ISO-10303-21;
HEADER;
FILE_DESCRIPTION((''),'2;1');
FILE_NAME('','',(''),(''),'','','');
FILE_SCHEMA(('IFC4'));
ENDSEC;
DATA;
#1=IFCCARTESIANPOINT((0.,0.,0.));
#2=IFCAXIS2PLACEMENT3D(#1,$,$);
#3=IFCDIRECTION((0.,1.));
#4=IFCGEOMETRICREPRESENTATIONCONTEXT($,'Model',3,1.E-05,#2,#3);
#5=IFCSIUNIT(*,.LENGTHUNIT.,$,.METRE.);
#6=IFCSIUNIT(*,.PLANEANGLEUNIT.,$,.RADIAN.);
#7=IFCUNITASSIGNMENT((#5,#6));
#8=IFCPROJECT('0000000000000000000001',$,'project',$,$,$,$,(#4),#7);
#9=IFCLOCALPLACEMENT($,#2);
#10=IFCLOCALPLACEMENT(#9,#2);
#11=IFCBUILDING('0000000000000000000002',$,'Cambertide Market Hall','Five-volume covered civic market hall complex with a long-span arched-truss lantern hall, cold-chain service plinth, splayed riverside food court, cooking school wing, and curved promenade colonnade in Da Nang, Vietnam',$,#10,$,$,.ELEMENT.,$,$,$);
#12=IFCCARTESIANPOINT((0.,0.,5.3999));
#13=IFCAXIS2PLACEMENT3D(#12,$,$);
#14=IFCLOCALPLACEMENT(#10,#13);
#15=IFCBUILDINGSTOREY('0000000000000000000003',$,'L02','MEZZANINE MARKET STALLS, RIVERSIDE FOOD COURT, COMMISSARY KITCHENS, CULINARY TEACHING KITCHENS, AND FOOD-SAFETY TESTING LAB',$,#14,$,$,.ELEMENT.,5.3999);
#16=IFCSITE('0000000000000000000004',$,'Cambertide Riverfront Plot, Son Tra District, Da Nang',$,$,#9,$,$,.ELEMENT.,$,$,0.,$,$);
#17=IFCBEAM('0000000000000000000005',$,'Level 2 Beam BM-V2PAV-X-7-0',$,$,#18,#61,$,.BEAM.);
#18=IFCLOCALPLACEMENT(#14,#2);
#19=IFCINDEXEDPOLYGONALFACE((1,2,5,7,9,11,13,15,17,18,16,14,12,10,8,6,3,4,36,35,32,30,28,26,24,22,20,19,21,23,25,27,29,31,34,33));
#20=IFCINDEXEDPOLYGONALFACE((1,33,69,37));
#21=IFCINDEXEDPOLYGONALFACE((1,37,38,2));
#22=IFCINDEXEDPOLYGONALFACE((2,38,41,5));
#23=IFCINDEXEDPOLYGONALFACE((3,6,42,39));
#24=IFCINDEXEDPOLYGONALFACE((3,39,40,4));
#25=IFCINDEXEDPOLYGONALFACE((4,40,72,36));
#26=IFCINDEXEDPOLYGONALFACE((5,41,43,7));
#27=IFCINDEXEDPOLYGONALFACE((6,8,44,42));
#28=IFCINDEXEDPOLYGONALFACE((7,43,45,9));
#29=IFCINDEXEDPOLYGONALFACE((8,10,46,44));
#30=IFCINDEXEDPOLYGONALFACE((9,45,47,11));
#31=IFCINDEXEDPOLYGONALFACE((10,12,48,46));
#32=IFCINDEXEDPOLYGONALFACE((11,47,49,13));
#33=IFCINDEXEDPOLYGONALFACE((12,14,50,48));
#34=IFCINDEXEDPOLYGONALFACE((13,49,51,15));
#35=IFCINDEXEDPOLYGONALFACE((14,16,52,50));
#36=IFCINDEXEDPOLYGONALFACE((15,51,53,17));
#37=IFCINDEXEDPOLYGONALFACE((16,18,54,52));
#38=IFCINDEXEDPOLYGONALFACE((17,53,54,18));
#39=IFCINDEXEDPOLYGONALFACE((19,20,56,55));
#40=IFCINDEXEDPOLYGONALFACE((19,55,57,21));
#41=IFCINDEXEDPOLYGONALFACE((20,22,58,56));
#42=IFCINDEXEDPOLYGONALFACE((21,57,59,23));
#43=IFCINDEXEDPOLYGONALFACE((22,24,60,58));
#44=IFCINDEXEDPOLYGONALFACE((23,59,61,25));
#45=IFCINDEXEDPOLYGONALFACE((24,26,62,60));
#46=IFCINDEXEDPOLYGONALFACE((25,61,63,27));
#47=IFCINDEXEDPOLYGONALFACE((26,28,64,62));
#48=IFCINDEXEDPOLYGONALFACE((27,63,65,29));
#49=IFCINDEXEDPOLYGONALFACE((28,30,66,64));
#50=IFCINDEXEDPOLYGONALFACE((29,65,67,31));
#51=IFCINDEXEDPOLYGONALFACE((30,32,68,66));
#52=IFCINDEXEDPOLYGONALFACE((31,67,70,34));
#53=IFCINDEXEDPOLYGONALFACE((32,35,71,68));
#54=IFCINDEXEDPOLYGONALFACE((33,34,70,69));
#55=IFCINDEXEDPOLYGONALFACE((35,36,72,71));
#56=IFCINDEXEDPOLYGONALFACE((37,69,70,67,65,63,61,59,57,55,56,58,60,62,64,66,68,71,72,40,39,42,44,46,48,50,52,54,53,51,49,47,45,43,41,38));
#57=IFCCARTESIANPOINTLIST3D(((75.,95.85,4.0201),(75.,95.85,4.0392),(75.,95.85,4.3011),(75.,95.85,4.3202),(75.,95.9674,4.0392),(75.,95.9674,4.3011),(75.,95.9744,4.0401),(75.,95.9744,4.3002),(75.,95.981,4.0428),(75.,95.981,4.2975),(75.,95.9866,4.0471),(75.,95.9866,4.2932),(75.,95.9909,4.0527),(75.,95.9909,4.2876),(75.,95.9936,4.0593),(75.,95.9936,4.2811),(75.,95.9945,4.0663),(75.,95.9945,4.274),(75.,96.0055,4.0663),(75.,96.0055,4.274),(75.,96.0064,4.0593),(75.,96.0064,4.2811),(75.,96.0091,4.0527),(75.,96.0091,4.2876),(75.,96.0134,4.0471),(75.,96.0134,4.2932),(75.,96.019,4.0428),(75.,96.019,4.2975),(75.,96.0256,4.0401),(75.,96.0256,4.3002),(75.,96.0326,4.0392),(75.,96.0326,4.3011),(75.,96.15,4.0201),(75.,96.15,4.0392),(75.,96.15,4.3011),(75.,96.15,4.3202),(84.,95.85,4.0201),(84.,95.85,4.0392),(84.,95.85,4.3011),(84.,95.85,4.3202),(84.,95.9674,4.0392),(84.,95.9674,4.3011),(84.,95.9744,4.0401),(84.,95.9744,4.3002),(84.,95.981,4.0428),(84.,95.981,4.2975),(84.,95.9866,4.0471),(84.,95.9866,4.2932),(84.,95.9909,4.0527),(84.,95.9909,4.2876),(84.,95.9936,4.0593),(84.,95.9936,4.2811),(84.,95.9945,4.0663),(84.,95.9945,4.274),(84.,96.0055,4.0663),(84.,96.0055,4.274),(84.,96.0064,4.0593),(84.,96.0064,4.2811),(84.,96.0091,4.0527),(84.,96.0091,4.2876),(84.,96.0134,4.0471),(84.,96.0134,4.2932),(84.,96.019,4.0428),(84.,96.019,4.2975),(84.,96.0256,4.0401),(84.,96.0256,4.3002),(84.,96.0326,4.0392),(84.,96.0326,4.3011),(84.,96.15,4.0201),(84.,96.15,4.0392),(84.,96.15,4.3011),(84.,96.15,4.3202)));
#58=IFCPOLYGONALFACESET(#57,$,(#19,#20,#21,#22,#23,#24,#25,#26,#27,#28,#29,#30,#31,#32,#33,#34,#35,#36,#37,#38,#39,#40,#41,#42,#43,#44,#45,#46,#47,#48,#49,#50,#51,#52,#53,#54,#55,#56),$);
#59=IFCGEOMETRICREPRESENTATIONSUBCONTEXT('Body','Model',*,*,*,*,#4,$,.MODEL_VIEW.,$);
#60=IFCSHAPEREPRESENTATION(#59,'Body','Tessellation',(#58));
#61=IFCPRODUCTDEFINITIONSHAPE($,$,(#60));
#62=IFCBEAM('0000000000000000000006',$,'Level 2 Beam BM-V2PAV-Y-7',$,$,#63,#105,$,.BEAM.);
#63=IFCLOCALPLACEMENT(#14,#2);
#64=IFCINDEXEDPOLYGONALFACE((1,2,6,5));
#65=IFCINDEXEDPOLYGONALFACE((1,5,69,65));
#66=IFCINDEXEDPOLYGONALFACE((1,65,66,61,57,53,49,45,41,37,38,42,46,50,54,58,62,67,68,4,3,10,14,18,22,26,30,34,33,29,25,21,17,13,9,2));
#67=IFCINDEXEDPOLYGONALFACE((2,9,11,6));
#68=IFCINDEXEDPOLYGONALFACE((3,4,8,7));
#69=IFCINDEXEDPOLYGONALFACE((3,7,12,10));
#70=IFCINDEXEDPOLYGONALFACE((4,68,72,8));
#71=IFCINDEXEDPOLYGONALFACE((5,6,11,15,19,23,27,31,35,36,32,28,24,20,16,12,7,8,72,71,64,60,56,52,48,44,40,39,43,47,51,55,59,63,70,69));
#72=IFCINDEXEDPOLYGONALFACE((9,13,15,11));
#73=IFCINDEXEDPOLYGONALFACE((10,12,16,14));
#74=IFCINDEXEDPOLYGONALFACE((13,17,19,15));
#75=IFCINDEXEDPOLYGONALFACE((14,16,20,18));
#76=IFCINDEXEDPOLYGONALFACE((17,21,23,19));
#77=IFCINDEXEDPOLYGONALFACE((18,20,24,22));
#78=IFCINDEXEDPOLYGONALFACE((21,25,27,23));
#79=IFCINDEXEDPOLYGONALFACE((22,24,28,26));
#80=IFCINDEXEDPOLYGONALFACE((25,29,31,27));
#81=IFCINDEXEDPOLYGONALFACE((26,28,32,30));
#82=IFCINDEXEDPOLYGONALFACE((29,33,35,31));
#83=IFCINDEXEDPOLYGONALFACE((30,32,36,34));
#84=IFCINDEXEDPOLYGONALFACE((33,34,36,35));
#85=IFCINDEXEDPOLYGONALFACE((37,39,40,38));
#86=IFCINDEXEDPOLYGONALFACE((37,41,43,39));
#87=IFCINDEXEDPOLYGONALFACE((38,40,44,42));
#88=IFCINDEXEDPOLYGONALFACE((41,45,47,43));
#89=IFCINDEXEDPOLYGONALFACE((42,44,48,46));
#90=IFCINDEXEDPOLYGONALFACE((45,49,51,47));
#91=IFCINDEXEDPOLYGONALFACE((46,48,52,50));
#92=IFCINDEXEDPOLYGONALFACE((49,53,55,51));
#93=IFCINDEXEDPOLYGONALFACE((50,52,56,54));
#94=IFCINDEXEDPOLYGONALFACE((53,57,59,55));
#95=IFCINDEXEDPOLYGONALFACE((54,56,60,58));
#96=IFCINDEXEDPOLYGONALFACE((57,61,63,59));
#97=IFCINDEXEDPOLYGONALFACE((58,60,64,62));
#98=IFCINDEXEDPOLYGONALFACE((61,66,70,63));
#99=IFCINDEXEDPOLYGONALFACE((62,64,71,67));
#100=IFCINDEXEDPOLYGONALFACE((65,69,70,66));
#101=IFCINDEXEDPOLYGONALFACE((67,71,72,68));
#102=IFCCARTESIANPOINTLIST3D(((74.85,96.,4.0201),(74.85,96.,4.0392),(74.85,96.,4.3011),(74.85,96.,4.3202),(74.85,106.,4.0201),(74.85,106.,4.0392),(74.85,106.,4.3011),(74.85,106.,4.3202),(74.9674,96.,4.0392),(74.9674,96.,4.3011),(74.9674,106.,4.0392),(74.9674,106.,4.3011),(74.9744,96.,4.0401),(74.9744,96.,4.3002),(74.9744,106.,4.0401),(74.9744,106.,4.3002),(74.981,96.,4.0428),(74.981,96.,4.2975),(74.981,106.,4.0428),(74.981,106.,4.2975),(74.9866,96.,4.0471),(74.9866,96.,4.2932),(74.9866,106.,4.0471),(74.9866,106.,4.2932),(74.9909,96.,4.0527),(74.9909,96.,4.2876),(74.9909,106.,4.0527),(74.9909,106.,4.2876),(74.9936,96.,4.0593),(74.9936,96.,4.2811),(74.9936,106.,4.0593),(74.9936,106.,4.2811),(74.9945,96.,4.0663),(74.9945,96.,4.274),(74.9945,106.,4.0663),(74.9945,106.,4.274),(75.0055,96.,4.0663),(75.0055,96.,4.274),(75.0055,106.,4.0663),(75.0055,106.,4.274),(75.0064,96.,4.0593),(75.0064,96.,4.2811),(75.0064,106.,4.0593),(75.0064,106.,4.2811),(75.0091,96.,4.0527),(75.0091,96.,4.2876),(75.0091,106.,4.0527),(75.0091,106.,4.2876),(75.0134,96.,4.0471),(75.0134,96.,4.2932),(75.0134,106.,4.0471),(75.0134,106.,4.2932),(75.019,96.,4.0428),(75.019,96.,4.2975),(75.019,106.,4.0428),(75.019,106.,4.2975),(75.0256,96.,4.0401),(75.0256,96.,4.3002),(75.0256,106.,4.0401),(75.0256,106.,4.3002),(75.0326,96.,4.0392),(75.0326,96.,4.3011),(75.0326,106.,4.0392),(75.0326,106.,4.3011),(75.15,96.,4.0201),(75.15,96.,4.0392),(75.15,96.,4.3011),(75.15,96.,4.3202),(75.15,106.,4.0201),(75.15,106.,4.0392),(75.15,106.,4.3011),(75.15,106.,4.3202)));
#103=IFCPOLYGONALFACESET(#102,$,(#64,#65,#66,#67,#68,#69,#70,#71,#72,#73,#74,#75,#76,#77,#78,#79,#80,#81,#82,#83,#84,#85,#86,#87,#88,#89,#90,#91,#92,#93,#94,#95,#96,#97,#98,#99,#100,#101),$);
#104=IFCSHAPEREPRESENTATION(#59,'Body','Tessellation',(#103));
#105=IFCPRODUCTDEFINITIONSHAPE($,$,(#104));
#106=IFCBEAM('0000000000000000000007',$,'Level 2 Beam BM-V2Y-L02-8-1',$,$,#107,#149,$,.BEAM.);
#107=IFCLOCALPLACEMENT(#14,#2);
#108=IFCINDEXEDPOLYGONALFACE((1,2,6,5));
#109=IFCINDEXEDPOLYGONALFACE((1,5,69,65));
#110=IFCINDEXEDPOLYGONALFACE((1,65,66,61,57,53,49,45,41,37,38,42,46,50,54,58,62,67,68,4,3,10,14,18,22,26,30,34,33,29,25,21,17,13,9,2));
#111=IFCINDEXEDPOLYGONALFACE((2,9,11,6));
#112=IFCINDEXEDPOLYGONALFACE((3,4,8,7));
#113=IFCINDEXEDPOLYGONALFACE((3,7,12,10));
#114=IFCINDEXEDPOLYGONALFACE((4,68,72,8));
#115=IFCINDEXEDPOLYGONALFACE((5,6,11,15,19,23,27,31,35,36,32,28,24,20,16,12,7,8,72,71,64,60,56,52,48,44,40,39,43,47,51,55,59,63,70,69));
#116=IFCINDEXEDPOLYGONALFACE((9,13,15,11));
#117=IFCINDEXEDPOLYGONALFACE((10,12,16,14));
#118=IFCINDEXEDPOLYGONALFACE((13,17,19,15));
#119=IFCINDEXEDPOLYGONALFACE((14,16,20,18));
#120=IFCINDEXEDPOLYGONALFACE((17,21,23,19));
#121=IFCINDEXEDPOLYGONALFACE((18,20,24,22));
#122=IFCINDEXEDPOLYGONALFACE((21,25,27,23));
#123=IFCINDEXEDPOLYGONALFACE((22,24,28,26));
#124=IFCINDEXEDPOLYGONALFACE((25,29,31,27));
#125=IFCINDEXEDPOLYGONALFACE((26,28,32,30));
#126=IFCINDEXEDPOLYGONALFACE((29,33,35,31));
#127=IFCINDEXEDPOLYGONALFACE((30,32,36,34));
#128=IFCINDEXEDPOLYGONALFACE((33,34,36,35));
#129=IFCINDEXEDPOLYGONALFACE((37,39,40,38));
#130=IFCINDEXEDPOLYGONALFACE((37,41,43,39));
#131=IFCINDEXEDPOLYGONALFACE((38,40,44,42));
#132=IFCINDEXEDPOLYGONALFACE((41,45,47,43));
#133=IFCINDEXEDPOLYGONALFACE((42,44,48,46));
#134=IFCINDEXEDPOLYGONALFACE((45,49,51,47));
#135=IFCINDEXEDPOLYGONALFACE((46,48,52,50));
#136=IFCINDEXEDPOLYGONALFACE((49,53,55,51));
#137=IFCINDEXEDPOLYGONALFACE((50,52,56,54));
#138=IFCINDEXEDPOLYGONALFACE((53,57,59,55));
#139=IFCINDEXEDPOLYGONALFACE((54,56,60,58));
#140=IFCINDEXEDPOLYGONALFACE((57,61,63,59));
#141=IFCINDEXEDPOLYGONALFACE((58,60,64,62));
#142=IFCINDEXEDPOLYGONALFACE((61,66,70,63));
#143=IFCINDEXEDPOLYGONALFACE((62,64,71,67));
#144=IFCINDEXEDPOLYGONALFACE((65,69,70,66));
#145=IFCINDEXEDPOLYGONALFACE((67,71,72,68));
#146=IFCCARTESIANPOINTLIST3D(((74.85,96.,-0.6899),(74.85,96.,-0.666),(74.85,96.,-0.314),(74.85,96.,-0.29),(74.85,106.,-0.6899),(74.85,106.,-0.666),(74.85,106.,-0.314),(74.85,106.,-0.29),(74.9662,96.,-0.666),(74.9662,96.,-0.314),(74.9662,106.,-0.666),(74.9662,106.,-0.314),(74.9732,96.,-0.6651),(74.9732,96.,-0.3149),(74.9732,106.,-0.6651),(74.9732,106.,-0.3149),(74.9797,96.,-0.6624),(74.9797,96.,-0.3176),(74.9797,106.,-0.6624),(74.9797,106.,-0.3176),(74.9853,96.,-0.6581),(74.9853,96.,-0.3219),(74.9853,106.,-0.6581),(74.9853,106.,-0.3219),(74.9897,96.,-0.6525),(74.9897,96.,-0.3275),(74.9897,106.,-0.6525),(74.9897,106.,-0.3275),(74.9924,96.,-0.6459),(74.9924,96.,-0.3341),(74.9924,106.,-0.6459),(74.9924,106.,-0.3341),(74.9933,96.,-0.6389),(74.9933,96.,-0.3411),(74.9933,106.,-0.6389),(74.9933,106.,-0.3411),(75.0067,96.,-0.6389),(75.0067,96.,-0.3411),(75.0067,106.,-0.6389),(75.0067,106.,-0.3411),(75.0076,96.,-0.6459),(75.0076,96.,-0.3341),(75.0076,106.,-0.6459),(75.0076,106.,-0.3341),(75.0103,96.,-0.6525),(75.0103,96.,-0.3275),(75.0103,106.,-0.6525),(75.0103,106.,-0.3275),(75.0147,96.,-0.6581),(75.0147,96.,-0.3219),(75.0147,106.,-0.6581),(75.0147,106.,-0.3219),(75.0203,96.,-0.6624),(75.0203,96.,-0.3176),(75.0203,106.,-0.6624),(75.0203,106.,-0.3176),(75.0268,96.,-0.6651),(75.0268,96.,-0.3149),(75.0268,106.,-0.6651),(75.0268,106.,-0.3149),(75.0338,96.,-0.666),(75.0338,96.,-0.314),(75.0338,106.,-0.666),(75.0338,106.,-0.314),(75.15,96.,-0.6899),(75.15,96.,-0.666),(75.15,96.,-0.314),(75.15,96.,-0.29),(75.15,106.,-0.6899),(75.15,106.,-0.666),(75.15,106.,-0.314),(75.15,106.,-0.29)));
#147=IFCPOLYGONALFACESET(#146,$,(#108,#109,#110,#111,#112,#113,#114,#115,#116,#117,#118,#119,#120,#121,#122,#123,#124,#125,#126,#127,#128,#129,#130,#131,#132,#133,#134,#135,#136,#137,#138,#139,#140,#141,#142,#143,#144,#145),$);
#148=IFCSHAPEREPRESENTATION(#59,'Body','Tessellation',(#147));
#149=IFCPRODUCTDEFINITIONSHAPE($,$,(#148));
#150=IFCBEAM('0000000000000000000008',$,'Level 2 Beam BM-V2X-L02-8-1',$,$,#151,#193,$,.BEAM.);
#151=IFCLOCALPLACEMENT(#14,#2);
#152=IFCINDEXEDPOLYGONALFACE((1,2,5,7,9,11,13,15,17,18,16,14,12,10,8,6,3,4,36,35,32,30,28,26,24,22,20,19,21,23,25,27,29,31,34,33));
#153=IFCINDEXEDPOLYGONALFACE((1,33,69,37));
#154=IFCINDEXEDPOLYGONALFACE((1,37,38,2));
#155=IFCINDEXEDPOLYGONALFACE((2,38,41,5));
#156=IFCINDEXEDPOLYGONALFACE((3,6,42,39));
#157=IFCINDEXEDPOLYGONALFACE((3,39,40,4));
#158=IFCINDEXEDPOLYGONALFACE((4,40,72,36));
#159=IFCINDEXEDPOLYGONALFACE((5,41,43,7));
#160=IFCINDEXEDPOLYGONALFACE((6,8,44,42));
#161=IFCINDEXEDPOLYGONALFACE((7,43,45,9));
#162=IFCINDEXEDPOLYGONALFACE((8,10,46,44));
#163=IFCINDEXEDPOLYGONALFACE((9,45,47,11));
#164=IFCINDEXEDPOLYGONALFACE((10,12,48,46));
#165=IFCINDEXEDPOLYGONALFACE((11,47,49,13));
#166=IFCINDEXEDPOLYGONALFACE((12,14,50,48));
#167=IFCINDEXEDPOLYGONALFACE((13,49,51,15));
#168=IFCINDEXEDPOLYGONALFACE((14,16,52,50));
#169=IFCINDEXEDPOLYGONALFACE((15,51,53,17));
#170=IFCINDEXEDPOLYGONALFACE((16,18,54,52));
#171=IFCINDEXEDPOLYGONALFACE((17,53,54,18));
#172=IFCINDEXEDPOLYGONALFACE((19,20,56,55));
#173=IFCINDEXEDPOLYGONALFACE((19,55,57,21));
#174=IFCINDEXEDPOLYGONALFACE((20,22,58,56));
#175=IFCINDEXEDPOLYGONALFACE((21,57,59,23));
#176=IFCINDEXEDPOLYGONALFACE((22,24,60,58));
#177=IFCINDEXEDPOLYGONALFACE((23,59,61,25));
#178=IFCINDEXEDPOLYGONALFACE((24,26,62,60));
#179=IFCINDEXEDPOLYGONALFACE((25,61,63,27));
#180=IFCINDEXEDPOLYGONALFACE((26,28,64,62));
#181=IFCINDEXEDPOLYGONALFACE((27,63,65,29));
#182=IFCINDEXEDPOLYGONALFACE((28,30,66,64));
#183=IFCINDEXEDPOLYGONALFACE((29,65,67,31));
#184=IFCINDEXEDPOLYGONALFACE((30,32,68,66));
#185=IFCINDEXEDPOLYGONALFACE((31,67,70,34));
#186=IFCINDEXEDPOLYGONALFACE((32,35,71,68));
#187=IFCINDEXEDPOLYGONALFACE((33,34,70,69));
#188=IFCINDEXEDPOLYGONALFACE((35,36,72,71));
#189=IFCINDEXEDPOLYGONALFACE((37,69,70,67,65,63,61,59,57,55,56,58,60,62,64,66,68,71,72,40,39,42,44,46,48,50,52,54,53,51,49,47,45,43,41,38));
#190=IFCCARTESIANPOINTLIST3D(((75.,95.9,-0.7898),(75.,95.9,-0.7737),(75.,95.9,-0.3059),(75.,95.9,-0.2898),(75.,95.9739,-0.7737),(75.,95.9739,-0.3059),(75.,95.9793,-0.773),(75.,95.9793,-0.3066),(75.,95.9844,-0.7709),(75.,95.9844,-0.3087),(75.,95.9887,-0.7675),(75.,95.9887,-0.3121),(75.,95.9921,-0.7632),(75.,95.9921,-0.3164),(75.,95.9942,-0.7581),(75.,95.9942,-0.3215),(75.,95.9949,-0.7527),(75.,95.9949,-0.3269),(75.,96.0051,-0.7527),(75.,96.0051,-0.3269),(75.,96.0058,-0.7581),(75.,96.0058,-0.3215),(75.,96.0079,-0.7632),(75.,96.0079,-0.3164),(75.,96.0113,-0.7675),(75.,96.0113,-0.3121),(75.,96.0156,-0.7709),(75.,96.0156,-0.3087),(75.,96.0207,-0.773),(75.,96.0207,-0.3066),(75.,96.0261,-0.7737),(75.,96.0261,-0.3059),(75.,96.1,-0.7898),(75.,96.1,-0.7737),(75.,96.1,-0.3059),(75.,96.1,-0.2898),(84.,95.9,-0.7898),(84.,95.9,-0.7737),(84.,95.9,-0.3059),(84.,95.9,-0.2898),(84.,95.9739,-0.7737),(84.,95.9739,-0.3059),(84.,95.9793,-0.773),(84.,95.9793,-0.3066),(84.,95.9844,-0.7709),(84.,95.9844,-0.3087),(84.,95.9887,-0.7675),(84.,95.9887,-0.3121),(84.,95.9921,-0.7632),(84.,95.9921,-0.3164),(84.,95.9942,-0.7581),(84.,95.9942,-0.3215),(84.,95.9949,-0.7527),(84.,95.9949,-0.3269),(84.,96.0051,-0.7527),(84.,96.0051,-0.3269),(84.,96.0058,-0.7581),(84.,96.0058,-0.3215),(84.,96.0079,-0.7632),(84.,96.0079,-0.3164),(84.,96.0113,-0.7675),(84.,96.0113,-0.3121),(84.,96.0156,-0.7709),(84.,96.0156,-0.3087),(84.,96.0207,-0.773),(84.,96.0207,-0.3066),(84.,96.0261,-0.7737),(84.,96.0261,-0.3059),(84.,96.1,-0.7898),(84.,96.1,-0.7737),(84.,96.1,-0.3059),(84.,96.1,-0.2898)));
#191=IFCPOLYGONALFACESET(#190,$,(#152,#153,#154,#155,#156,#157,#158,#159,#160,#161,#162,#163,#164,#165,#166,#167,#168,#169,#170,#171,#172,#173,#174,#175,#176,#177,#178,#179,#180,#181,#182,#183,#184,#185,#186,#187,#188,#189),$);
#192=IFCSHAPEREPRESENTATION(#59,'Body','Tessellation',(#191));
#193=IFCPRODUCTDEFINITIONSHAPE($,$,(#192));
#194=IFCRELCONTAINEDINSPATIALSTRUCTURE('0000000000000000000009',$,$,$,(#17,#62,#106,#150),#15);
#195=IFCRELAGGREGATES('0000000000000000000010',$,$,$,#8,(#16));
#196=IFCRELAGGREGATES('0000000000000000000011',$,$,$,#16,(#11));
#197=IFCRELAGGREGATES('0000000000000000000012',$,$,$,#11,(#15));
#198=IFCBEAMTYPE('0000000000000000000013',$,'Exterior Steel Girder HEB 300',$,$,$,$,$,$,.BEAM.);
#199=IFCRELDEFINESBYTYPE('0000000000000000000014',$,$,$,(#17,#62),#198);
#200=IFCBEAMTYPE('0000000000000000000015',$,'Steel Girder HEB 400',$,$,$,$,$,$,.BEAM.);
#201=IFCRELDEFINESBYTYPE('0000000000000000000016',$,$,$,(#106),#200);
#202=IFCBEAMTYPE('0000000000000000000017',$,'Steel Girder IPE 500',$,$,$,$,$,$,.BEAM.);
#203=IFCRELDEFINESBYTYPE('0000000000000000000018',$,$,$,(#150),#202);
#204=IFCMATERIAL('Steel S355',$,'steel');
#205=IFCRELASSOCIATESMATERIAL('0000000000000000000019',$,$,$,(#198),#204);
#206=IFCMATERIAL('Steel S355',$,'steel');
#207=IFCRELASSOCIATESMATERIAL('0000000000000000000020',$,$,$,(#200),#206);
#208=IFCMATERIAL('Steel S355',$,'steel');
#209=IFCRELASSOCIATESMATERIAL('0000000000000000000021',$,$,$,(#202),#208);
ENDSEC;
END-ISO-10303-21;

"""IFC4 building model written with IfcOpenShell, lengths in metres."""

from ifc_helpers import new_model, si_unit, direction, frame, origin, origin_2d, place, context, subcontext, project, spatial, i_section, extrude, material, material_profile, profile_set, type_object, element, save


model = new_model("IFC4")

# Units and contexts
model_context = context("Model", 3, precision=1e-05, world=origin(), true_north=direction((0.0, 1.0)))
body_context = subcontext(model_context, "Body", "Model", "MODEL_VIEW")
ifc_project = project(units=[si_unit("LENGTHUNIT", "METRE"), si_unit("PLANEANGLEUNIT", "RADIAN")], contexts=[model_context])

# Site, building, storey
site_placement = place(None, origin())
site = spatial("IfcSite", under=ifc_project, at=site_placement, Name="Cambertide Riverfront Plot, Son Tra District, Da Nang", CompositionType="ELEMENT", RefElevation=0.0)
building_placement = place(site_placement, origin())
building = spatial("IfcBuilding", under=site, at=building_placement, Name="Cambertide Market Hall", Description="Five-volume covered civic market hall complex with a long-span arched-truss lantern hall, cold-chain service plinth, splayed riverside food court, cooking school wing, and curved promenade colonnade in Da Nang, Vietnam", CompositionType="ELEMENT")
storey_placement = place(building_placement, frame((0.0, 0.0, 5.3999)))
storey = spatial("IfcBuildingStorey", under=building, at=storey_placement, Name="L02", Description="MEZZANINE MARKET STALLS, RIVERSIDE FOOD COURT, COMMISSARY KITCHENS, CULINARY TEACHING KITCHENS, AND FOOD-SAFETY TESTING LAB", CompositionType="ELEMENT", Elevation=5.3999)

# Beams
ifc_material_1 = material(Name="Steel S355", Category="steel")
ifc_material_profile_1 = material_profile(ifc_material_1, i_section(OverallWidth=0.3, OverallDepth=0.3, WebThickness=0.011, FlangeThickness=0.019, FilletRadius=0.0271, at=origin_2d()), Name="HEB 300")
ifc_profile_set_1 = profile_set([ifc_material_profile_1], Name="Steel S355")
beam_type_1 = type_object("IfcBeamType", Name="Exterior Steel Girder HEB 300", PredefinedType="BEAM", material=ifc_profile_set_1)
beam_1_placement = place(storey_placement, frame((75.0, 96.0, 4.1702), z_axis=(1.0, 0.0, 0.0), x_axis=(0.0, 1.0, 0.0)))
element("IfcBeam", 1, at=beam_1_placement, inside=storey, type_object=beam_type_1, Name="Level 2 Beam BM-V2PAV-X-7-0", PredefinedType="BEAM", context=body_context, shape_type="SweptSolid", body=[
    extrude(i_section(OverallWidth=0.3, OverallDepth=0.3, WebThickness=0.011, FlangeThickness=0.019, FilletRadius=0.0271, at=origin_2d()), origin(), (0.0, 0.0, 1.0), 9.0),
])
beam_2_placement = place(storey_placement, frame((75.0, 96.0, 4.1702), z_axis=(0.0, 1.0, 0.0), x_axis=(-1.0, 0.0, 0.0)))
element("IfcBeam", 2, at=beam_2_placement, inside=storey, type_object=beam_type_1, Name="Level 2 Beam BM-V2PAV-Y-7", PredefinedType="BEAM", context=body_context, shape_type="SweptSolid", body=[
    extrude(i_section(OverallWidth=0.3, OverallDepth=0.3, WebThickness=0.011, FlangeThickness=0.019, FilletRadius=0.0271, at=origin_2d()), origin(), (0.0, 0.0, 1.0), 10.0),
])
ifc_material_2 = material(Name="Steel S355", Category="steel")
ifc_material_profile_2 = material_profile(ifc_material_2, i_section(OverallWidth=0.3, OverallDepth=0.3999, WebThickness=0.0134, FlangeThickness=0.0239, FilletRadius=0.0271, at=origin_2d()), Name="HEB 400")
ifc_profile_set_2 = profile_set([ifc_material_profile_2], Name="Steel S355")
beam_type_2 = type_object("IfcBeamType", Name="Steel Girder HEB 400", PredefinedType="BEAM", material=ifc_profile_set_2)
beam_3_placement = place(storey_placement, frame((75.0, 96.0, -0.49), z_axis=(0.0, 1.0, 0.0), x_axis=(-1.0, 0.0, 0.0)))
element("IfcBeam", 3, at=beam_3_placement, inside=storey, type_object=beam_type_2, Name="Level 2 Beam BM-V2Y-L02-8-1", PredefinedType="BEAM", context=body_context, shape_type="SweptSolid", body=[
    extrude(i_section(OverallWidth=0.3, OverallDepth=0.3999, WebThickness=0.0134, FlangeThickness=0.0239, FilletRadius=0.0271, at=origin_2d()), origin(), (0.0, 0.0, 1.0), 10.0),
])
ifc_material_3 = material(Name="Steel S355", Category="steel")
ifc_material_profile_3 = material_profile(ifc_material_3, i_section(OverallWidth=0.2, OverallDepth=0.5, WebThickness=0.0103, FlangeThickness=0.0161, FilletRadius=0.021, at=origin_2d()), Name="IPE 500")
ifc_profile_set_3 = profile_set([ifc_material_profile_3], Name="Steel S355")
beam_type_3 = type_object("IfcBeamType", Name="Steel Girder IPE 500", PredefinedType="BEAM", material=ifc_profile_set_3)
beam_4_placement = place(storey_placement, frame((75.0, 96.0, -0.5398), z_axis=(1.0, 0.0, 0.0), x_axis=(0.0, 1.0, 0.0)))
element("IfcBeam", 4, at=beam_4_placement, inside=storey, type_object=beam_type_3, Name="Level 2 Beam BM-V2X-L02-8-1", PredefinedType="BEAM", context=body_context, shape_type="SweptSolid", body=[
    extrude(i_section(OverallWidth=0.2, OverallDepth=0.5, WebThickness=0.0103, FlangeThickness=0.0161, FilletRadius=0.021, at=origin_2d()), origin(), (0.0, 0.0, 1.0), 9.0),
])

save(model, "model.ifc")
